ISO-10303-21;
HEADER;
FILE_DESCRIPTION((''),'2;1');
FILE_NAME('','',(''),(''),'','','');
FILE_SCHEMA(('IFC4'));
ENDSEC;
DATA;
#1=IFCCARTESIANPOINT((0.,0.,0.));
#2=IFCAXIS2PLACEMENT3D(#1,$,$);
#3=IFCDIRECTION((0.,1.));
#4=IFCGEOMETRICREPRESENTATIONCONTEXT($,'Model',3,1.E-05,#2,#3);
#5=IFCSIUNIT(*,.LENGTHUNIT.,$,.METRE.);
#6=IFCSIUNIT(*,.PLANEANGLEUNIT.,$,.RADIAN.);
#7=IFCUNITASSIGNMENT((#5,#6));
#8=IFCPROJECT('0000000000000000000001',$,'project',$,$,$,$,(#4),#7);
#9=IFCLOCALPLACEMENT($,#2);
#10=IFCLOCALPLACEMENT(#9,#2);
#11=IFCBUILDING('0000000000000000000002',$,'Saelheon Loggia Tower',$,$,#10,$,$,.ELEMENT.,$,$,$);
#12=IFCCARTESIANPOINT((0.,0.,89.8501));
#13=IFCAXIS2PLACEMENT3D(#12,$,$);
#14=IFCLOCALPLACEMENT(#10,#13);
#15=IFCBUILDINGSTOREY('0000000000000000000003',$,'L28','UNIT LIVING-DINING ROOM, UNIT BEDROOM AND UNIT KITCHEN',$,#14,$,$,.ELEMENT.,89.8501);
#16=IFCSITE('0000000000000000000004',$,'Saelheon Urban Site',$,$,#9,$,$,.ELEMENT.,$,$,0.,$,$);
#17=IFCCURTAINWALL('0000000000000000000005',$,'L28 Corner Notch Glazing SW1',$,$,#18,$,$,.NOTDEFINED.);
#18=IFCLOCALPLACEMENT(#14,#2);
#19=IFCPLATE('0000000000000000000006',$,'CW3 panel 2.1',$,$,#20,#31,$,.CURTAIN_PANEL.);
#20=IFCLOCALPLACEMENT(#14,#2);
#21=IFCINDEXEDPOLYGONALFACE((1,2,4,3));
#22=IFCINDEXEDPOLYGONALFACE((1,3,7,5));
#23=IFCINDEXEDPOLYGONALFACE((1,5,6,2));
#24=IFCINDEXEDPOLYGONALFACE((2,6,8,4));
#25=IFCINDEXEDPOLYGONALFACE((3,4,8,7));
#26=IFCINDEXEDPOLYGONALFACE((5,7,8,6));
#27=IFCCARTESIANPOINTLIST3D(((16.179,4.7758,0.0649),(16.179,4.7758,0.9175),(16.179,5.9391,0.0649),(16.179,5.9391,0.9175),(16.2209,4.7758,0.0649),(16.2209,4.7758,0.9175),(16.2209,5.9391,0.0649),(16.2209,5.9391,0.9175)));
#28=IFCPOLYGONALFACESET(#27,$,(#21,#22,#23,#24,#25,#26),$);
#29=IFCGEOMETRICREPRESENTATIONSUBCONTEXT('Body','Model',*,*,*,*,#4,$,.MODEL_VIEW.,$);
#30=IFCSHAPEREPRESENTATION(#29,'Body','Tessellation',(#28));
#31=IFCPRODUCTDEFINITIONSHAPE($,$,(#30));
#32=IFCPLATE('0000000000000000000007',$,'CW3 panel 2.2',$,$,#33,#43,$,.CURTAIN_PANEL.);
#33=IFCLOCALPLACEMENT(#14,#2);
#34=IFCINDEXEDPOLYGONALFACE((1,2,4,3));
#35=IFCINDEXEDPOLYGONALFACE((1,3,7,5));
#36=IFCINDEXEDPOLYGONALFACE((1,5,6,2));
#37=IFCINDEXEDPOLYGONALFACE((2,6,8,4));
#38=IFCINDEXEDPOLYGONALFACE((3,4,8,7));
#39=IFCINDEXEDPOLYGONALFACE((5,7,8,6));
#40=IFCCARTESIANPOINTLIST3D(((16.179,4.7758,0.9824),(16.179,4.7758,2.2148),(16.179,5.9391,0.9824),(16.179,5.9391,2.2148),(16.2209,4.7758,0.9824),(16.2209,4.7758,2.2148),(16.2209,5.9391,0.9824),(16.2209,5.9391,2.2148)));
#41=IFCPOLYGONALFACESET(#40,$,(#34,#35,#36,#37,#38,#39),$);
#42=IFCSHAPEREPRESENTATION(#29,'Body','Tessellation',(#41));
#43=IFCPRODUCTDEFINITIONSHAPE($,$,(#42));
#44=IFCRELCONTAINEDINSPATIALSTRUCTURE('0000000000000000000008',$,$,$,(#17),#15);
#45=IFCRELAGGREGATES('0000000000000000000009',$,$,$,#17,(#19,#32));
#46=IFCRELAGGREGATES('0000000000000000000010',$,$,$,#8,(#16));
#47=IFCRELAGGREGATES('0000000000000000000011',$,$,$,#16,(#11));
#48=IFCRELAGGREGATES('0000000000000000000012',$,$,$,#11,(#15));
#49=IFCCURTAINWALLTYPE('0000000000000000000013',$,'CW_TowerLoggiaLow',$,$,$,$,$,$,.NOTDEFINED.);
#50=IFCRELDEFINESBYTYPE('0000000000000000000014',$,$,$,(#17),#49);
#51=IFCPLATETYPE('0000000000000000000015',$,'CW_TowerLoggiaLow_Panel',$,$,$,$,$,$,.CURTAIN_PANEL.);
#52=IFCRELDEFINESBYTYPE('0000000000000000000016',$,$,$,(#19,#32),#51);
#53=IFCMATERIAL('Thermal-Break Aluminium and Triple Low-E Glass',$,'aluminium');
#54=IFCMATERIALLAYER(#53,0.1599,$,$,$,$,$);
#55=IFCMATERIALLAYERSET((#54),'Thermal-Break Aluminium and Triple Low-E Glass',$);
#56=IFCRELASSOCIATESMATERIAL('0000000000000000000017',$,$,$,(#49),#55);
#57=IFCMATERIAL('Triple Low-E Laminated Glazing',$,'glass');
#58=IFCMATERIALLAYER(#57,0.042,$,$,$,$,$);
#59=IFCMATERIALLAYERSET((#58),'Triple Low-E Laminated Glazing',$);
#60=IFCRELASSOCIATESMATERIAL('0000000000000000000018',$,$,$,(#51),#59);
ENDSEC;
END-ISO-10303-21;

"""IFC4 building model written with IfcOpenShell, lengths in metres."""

from ifc_helpers import new_model, si_unit, direction, frame, origin, origin_2d, place, context, subcontext, project, spatial, rectangle, extrude, source, transform, mapped, material, layer, layer_set, type_object, element, aggregate, save


model = new_model("IFC4")

# Units and contexts
model_context = context("Model", 3, precision=1e-05, world=origin(), true_north=direction((0.0, 1.0)))
body_context = subcontext(model_context, "Body", "Model", "MODEL_VIEW")
ifc_project = project(units=[si_unit("LENGTHUNIT", "METRE"), si_unit("PLANEANGLEUNIT", "RADIAN")], contexts=[model_context])

# Site, building, storey
site_placement = place(None, origin())
site = spatial("IfcSite", under=ifc_project, at=site_placement, Name="Saelheon Urban Site", CompositionType="ELEMENT", RefElevation=0.0)
building_placement = place(site_placement, origin())
building = spatial("IfcBuilding", under=site, at=building_placement, Name="Saelheon Loggia Tower", CompositionType="ELEMENT")
storey_placement = place(building_placement, frame((0.0, 0.0, 89.8501)))
storey = spatial("IfcBuildingStorey", under=building, at=storey_placement, Name="L28", Description="UNIT LIVING-DINING ROOM, UNIT BEDROOM AND UNIT KITCHEN", CompositionType="ELEMENT", Elevation=89.8501)

# Curtain wall, plates
ifc_material_1 = material(Name="Thermal-Break Aluminium and Triple Low-E Glass", Category="aluminium")
ifc_layer_1 = layer(ifc_material_1, 0.1599)
ifc_layer_set_1 = layer_set([ifc_layer_1], Name="Thermal-Break Aluminium and Triple Low-E Glass")
curtain_wall_type = type_object("IfcCurtainWallType", Name="CW_TowerLoggiaLow", PredefinedType="NOTDEFINED", material=ifc_layer_set_1)
curtain_wall_placement = place(storey_placement, origin())
curtain_wall = element("IfcCurtainWall", 1, at=curtain_wall_placement, inside=storey, type_object=curtain_wall_type, Name="L28 Corner Notch Glazing SW1", PredefinedType="NOTDEFINED")
ifc_material_2 = material(Name="Triple Low-E Laminated Glazing", Category="glass")
ifc_layer_2 = layer(ifc_material_2, 0.042)
ifc_layer_set_2 = layer_set([ifc_layer_2], Name="Triple Low-E Laminated Glazing")
plate_type = type_object("IfcPlateType", Name="CW_TowerLoggiaLow_Panel", PredefinedType="CURTAIN_PANEL", material=ifc_layer_set_2)
shared_shape_1 = source(origin(), body_context, "Body", "SweptSolid", [
    extrude(rectangle(XDim=1.1633, YDim=0.042, at=origin_2d()), origin(), (0.0, 0.0, 1.0), 0.8525),
])
plate_1_placement = place(storey_placement, frame((16.2, 5.3574, 0.0649), z_axis=(0.0, 0.0, 1.0), x_axis=(0.0, 1.0, 0.0)))
plate_1 = element("IfcPlate", 2, at=plate_1_placement, type_object=plate_type, Name="CW3 panel 2.1", PredefinedType="CURTAIN_PANEL", context=body_context, shape_type="MappedRepresentation", body=[
    mapped(shared_shape_1, transform((0.0, 0.0, 0.0), scale=1.0)),
])
shared_shape_2 = source(origin(), body_context, "Body", "SweptSolid", [
    extrude(rectangle(XDim=1.1633, YDim=0.042, at=origin_2d()), origin(), (0.0, 0.0, 1.0), 1.2324),
])
plate_2_placement = place(storey_placement, frame((16.2, 5.3574, 0.9824), z_axis=(0.0, 0.0, 1.0), x_axis=(0.0, 1.0, 0.0)))
plate_2 = element("IfcPlate", 3, at=plate_2_placement, type_object=plate_type, Name="CW3 panel 2.2", PredefinedType="CURTAIN_PANEL", context=body_context, shape_type="MappedRepresentation", body=[
    mapped(shared_shape_2, transform((0.0, 0.0, 0.0), scale=1.0)),
])
aggregate(curtain_wall, [plate_1, plate_2])

save(model, "model.ifc")
